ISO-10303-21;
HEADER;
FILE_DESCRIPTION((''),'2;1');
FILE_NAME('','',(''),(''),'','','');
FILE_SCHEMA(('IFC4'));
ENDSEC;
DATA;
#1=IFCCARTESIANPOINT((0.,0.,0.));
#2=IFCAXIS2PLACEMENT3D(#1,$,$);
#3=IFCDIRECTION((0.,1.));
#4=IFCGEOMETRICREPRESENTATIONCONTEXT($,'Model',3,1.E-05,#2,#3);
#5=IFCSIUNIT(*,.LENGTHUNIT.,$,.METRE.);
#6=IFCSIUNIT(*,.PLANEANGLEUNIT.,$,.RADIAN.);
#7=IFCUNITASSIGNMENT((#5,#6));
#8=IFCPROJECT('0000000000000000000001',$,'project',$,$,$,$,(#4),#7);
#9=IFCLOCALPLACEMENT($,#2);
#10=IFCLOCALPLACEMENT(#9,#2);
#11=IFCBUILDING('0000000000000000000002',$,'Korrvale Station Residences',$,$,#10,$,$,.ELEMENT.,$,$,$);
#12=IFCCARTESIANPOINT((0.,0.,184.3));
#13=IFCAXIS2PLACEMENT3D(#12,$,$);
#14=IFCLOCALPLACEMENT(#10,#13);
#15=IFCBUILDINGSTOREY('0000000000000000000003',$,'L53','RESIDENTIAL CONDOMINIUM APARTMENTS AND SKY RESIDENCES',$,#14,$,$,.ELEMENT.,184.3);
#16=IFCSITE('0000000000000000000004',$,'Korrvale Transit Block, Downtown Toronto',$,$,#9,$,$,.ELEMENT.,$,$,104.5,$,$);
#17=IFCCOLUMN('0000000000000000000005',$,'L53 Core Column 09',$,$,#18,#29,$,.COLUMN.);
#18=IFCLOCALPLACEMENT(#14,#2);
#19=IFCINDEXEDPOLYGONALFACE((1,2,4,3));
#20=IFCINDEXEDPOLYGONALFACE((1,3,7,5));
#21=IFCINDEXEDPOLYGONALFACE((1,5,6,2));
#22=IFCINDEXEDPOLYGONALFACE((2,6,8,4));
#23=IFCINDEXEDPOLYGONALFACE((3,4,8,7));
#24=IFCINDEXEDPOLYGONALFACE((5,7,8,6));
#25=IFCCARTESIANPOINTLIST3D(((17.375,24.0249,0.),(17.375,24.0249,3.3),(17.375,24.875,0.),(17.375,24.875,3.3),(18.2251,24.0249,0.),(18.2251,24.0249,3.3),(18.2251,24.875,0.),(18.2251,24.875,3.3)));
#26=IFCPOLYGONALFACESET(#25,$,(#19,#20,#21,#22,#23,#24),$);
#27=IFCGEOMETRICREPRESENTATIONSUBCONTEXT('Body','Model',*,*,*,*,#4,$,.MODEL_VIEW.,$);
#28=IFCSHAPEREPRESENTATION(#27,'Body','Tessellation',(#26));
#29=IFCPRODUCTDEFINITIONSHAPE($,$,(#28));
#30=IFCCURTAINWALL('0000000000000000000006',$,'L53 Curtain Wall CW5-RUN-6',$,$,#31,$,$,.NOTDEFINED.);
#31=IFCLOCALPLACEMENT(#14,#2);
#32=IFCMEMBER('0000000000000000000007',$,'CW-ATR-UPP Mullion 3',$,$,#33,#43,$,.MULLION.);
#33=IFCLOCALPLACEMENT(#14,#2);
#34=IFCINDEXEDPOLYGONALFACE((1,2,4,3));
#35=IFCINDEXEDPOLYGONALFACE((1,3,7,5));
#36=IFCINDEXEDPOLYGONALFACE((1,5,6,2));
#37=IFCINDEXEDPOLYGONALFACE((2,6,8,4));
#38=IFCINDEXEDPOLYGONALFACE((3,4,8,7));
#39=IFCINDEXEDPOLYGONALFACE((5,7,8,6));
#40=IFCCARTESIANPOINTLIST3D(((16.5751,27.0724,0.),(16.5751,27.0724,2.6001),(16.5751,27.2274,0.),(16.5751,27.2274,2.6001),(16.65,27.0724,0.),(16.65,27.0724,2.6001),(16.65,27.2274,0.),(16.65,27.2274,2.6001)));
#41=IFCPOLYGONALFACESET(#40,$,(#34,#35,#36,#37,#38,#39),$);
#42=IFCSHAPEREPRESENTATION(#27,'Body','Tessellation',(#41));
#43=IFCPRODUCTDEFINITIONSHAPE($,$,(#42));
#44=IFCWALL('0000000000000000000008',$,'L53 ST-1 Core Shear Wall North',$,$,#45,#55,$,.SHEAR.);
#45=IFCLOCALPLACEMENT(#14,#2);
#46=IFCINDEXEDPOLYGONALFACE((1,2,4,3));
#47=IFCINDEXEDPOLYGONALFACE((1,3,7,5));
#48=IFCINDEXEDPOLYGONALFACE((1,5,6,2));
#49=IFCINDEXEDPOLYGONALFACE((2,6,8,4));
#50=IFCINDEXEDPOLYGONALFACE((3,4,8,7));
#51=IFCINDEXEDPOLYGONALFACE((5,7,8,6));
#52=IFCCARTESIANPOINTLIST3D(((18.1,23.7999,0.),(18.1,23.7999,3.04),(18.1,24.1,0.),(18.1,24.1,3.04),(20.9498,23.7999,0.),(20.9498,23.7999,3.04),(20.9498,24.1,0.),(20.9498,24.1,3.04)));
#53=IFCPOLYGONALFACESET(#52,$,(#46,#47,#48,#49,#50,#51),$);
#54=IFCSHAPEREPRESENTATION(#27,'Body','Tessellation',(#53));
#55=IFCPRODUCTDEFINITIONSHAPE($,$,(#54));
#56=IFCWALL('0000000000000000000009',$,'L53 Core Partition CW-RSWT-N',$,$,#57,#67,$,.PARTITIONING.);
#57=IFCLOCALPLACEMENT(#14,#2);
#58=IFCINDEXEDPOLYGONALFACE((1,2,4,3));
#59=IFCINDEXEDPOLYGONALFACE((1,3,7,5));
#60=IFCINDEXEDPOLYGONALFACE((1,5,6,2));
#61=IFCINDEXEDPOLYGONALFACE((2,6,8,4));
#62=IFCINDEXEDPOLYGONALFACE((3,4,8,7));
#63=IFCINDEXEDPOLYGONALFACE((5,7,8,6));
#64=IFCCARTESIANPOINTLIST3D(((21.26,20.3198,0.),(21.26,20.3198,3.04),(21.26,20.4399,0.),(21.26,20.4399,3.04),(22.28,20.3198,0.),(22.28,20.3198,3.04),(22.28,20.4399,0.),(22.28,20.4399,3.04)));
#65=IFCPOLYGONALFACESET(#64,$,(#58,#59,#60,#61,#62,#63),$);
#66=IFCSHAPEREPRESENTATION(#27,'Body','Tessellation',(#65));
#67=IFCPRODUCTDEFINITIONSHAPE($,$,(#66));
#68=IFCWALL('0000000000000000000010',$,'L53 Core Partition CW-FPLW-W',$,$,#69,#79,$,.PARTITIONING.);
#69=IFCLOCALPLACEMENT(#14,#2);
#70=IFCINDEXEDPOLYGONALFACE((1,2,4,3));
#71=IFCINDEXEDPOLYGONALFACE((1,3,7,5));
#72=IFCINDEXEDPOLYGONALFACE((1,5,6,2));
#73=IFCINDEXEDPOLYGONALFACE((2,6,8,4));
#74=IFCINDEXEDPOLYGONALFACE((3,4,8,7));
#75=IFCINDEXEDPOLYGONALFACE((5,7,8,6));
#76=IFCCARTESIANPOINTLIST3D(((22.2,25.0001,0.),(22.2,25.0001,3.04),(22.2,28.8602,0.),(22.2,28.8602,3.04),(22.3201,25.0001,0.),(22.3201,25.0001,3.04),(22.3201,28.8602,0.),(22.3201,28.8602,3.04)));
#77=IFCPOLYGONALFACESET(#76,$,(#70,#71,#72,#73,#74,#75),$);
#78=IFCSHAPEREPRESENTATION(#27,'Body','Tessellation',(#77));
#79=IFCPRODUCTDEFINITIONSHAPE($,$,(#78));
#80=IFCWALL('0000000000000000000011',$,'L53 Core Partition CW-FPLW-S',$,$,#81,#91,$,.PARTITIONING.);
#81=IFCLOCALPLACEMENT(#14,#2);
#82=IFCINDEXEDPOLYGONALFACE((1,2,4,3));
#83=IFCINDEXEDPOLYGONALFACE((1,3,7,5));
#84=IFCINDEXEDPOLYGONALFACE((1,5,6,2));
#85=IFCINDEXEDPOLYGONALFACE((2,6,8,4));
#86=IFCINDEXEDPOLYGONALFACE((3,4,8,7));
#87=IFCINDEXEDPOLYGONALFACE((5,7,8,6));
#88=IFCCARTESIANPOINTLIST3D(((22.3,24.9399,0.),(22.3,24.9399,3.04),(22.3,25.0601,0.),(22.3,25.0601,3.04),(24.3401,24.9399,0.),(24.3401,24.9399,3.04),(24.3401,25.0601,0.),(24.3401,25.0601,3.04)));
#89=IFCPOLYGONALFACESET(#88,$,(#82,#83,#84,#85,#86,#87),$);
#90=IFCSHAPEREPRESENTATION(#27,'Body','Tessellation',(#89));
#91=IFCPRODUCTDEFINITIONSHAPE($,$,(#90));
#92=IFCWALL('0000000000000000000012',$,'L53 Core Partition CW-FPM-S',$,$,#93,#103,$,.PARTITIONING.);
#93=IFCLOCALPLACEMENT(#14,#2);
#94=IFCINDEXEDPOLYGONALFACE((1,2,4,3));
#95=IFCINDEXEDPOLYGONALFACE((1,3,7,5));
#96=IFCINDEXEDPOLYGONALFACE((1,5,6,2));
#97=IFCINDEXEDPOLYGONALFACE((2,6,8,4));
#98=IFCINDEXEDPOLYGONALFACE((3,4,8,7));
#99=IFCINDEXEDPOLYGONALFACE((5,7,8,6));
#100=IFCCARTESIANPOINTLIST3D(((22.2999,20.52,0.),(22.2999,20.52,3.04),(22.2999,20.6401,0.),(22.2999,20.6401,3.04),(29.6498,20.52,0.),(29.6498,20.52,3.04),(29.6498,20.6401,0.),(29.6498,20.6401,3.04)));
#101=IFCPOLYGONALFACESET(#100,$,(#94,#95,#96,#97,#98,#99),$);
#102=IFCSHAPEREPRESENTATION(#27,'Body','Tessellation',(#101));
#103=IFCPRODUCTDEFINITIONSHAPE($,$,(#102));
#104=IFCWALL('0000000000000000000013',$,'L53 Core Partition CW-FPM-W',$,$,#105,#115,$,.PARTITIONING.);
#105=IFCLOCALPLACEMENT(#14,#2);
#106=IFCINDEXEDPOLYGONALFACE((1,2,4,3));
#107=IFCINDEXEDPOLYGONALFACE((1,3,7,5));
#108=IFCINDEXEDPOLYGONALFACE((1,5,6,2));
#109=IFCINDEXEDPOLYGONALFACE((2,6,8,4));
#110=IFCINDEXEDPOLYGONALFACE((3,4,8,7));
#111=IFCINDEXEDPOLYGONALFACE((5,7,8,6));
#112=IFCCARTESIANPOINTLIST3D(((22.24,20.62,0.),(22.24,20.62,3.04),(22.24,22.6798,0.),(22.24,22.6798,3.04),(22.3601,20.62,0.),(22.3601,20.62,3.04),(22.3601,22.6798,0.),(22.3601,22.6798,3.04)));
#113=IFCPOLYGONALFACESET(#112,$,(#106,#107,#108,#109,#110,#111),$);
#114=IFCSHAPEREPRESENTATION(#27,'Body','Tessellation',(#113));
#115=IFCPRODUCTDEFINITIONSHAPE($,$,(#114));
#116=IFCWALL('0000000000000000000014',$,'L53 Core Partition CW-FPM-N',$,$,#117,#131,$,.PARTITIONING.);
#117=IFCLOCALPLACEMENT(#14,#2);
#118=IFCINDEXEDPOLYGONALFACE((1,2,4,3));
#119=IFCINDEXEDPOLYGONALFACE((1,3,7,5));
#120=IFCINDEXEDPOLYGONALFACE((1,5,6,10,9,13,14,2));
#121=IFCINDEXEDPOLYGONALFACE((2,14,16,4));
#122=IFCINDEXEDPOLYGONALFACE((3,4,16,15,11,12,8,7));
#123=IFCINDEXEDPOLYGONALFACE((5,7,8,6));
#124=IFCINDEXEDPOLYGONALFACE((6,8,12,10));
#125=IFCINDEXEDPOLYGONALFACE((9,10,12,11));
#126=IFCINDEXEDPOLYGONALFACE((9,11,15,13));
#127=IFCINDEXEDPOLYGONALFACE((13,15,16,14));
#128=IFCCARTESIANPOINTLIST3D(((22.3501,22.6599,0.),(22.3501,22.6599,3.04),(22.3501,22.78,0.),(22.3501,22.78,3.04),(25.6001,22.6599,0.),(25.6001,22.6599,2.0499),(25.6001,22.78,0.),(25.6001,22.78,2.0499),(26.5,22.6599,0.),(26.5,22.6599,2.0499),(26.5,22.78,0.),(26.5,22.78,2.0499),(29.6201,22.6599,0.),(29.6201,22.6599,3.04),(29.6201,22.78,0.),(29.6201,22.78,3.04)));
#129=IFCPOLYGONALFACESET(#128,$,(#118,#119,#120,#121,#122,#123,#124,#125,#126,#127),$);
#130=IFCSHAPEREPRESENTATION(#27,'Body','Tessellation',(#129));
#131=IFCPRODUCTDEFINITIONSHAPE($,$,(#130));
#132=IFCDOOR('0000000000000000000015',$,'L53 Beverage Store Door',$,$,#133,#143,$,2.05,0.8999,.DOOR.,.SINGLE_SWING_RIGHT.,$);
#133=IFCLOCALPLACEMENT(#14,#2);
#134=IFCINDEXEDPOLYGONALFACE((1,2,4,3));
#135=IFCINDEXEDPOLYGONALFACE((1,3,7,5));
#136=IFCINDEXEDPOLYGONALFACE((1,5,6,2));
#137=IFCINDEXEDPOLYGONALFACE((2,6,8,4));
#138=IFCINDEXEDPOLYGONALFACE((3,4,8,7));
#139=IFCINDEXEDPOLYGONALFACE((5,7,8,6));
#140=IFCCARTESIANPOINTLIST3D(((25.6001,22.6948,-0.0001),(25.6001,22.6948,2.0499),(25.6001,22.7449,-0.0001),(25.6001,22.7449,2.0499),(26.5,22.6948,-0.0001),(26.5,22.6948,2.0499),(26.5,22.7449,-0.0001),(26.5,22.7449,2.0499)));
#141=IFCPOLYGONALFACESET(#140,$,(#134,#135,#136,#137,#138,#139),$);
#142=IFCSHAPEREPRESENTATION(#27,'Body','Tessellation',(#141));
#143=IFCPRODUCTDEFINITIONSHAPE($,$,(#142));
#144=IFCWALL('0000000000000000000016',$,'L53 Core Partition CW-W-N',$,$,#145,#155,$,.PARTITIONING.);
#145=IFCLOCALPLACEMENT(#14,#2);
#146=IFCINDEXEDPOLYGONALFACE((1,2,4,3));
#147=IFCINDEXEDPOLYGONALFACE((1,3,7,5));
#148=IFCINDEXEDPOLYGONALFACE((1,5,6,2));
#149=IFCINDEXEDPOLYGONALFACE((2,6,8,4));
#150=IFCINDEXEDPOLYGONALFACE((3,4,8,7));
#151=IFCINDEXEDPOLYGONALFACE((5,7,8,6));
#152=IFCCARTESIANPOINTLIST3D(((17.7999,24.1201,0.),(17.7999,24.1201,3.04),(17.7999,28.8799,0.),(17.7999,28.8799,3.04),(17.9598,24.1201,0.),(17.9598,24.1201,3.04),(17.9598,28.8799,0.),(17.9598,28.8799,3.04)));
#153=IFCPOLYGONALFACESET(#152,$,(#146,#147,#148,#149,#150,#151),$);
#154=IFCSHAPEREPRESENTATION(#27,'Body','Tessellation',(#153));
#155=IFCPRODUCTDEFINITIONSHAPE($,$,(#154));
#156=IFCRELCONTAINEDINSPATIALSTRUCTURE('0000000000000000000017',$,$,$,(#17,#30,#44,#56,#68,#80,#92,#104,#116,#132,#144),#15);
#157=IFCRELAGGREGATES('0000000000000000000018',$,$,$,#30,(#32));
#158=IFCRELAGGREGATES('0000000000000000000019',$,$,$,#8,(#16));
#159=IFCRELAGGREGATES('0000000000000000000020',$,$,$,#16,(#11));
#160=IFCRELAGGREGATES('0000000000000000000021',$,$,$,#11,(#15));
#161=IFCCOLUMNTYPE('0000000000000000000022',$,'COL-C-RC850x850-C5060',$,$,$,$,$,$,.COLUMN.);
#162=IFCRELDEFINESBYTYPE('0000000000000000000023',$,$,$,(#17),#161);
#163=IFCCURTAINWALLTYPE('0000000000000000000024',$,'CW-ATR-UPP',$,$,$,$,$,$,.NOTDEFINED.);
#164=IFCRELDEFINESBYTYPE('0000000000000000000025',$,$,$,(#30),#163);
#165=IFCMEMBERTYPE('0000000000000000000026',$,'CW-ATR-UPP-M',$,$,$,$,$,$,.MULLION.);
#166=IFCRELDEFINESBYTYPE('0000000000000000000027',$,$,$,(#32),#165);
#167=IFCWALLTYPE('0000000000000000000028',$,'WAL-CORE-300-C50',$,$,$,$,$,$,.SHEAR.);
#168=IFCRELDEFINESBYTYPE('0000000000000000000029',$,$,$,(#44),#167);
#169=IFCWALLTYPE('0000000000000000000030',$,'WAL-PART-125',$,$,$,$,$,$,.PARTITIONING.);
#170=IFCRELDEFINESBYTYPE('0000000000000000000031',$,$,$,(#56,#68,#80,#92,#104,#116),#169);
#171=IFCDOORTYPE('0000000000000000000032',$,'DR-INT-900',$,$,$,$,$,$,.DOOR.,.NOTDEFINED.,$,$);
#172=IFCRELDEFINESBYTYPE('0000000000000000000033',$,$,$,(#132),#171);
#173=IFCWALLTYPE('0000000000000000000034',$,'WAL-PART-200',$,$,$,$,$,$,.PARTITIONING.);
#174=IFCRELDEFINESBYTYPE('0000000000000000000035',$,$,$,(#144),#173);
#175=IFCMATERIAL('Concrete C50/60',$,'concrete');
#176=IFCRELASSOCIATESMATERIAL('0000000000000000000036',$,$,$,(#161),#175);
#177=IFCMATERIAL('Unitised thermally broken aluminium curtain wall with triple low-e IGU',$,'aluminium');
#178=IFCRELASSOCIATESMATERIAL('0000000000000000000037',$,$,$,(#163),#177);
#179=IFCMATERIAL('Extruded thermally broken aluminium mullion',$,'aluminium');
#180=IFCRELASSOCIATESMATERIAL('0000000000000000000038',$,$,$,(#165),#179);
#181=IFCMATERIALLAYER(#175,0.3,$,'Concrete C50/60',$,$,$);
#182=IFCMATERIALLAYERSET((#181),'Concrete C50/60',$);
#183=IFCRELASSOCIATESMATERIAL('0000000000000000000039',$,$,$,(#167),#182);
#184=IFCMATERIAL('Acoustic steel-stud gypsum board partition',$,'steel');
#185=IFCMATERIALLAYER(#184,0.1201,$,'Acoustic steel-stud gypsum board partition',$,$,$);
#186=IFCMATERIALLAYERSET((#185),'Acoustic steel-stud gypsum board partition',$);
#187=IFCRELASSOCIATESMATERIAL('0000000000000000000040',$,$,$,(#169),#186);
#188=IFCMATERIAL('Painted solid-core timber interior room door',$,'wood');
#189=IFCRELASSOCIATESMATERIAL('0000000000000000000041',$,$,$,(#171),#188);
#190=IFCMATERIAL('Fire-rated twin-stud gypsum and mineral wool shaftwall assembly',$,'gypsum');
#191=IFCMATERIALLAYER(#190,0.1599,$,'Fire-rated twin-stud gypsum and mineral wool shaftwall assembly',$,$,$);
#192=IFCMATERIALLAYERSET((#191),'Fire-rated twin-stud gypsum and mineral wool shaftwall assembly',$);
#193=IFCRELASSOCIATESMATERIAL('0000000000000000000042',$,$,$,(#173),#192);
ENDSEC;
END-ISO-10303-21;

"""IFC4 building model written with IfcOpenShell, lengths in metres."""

from ifc_helpers import new_model, si_unit, direction, frame, frame_2d, origin, origin_2d, place, context, subcontext, project, spatial, rectangle, extrude, material, layer, layer_set, material_profile, profile_set, type_object, element, fill, aggregate, save


model = new_model("IFC4")

# Units and contexts
model_context = context("Model", 3, precision=1e-05, world=origin(), true_north=direction((0.0, 1.0)))
body_context = subcontext(model_context, "Body", "Model", "MODEL_VIEW")
ifc_project = project(units=[si_unit("LENGTHUNIT", "METRE"), si_unit("PLANEANGLEUNIT", "RADIAN")], contexts=[model_context])

# Site, building, storey
site_placement = place(None, origin())
site = spatial("IfcSite", under=ifc_project, at=site_placement, Name="Korrvale Transit Block, Downtown Toronto", CompositionType="ELEMENT", RefElevation=104.5)
building_placement = place(site_placement, origin())
building = spatial("IfcBuilding", under=site, at=building_placement, Name="Korrvale Station Residences", CompositionType="ELEMENT")
storey_placement = place(building_placement, frame((0.0, 0.0, 184.3)))
storey = spatial("IfcBuildingStorey", under=building, at=storey_placement, Name="L53", Description="RESIDENTIAL CONDOMINIUM APARTMENTS AND SKY RESIDENCES", CompositionType="ELEMENT", Elevation=184.3)

# Column
ifc_material_1 = material(Name="Concrete C50/60", Category="concrete")
ifc_material_profile = material_profile(ifc_material_1, rectangle(XDim=0.8501, YDim=0.8501, at=origin_2d()), Name="RC850x850")
ifc_profile_set = profile_set([ifc_material_profile], Name="Concrete C50/60")
column_type = type_object("IfcColumnType", Name="COL-C-RC850x850-C5060", PredefinedType="COLUMN", material=ifc_profile_set)
column_placement = place(storey_placement, frame((17.8, 24.45, 0.0), z_axis=(0.0, 0.0, 1.0), x_axis=(1.0, 0.0, 0.0)))
element("IfcColumn", 1, at=column_placement, inside=storey, type_object=column_type, Name="L53 Core Column 09", PredefinedType="COLUMN", context=body_context, shape_type="SweptSolid", body=[
    extrude(rectangle(XDim=0.8501, YDim=0.8501, at=origin_2d()), origin(), (0.0, 0.0, 1.0), 3.3),
])

# Curtain wall, member
ifc_material_2 = material(Name="Unitised thermally broken aluminium curtain wall with triple low-e IGU", Category="aluminium")
curtain_wall_type = type_object("IfcCurtainWallType", Name="CW-ATR-UPP", PredefinedType="NOTDEFINED", material=ifc_material_2)
curtain_wall_placement = place(storey_placement, origin())
curtain_wall = element("IfcCurtainWall", 2, at=curtain_wall_placement, inside=storey, type_object=curtain_wall_type, Name="L53 Curtain Wall CW5-RUN-6", PredefinedType="NOTDEFINED")
ifc_material_3 = material(Name="Extruded thermally broken aluminium mullion", Category="aluminium")
member_type = type_object("IfcMemberType", Name="CW-ATR-UPP-M", PredefinedType="MULLION", material=ifc_material_3)
member_placement = place(storey_placement, frame((16.6125, 27.1499, 0.0), z_axis=(0.0, 0.0, 1.0), x_axis=(1.0, 0.0, 0.0)))
member = element("IfcMember", 3, at=member_placement, type_object=member_type, Name="CW-ATR-UPP Mullion 3", PredefinedType="MULLION", context=body_context, shape_type="SweptSolid", body=[
    extrude(rectangle(XDim=0.075, YDim=0.155, at=origin_2d()), origin(), (0.0, 0.0, 1.0), 2.6001),
])
aggregate(curtain_wall, [member])

# Walls
ifc_layer_1 = layer(ifc_material_1, 0.3, Name="Concrete C50/60")
ifc_layer_set_1 = layer_set([ifc_layer_1], Name="Concrete C50/60")
wall_type_1 = type_object("IfcWallType", Name="WAL-CORE-300-C50", PredefinedType="SHEAR", material=ifc_layer_set_1)
wall_1_placement = place(storey_placement, frame((18.1001, 23.95, 0.0), z_axis=(0.0, 0.0, 1.0), x_axis=(1.0, 0.0, 0.0)))
element("IfcWall", 4, at=wall_1_placement, inside=storey, type_object=wall_type_1, Name="L53 ST-1 Core Shear Wall North", PredefinedType="SHEAR", context=body_context, shape_type="SweptSolid", body=[
    extrude(rectangle(XDim=2.8499, YDim=0.3, at=frame_2d((1.4248, 0.0))), origin(), (0.0, 0.0, 1.0), 3.04),
])
ifc_material_4 = material(Name="Acoustic steel-stud gypsum board partition", Category="steel")
ifc_layer_2 = layer(ifc_material_4, 0.1201, Name="Acoustic steel-stud gypsum board partition")
ifc_layer_set_2 = layer_set([ifc_layer_2], Name="Acoustic steel-stud gypsum board partition")
wall_type_2 = type_object("IfcWallType", Name="WAL-PART-125", PredefinedType="PARTITIONING", material=ifc_layer_set_2)
wall_2_placement = place(storey_placement, frame((22.28, 20.3799, 0.0), z_axis=(0.0, 0.0, 1.0), x_axis=(-1.0, 0.0, 0.0)))
element("IfcWall", 5, at=wall_2_placement, inside=storey, type_object=wall_type_2, Name="L53 Core Partition CW-RSWT-N", PredefinedType="PARTITIONING", context=body_context, shape_type="SweptSolid", body=[
    extrude(rectangle(XDim=1.02, YDim=0.1201, at=frame_2d((0.51, 0.0))), origin(), (0.0, 0.0, 1.0), 3.04),
])
wall_3_placement = place(storey_placement, frame((22.26, 25.0, 0.0), z_axis=(0.0, 0.0, 1.0), x_axis=(0.0, 1.0, 0.0)))
element("IfcWall", 6, at=wall_3_placement, inside=storey, type_object=wall_type_2, Name="L53 Core Partition CW-FPLW-W", PredefinedType="PARTITIONING", context=body_context, shape_type="SweptSolid", body=[
    extrude(rectangle(XDim=3.8601, YDim=0.1201, at=frame_2d((1.9302, 0.0))), origin(), (0.0, 0.0, 1.0), 3.04),
])
wall_4_placement = place(storey_placement, frame((22.3, 25.0, 0.0), z_axis=(0.0, 0.0, 1.0), x_axis=(1.0, 0.0, 0.0)))
element("IfcWall", 7, at=wall_4_placement, inside=storey, type_object=wall_type_2, Name="L53 Core Partition CW-FPLW-S", PredefinedType="PARTITIONING", context=body_context, shape_type="SweptSolid", body=[
    extrude(rectangle(XDim=2.04, YDim=0.1201, at=frame_2d((1.02, 0.0))), origin(), (0.0, 0.0, 1.0), 3.04),
])
wall_5_placement = place(storey_placement, frame((22.3, 20.5801, 0.0), z_axis=(0.0, 0.0, 1.0), x_axis=(1.0, 0.0, 0.0)))
element("IfcWall", 8, at=wall_5_placement, inside=storey, type_object=wall_type_2, Name="L53 Core Partition CW-FPM-S", PredefinedType="PARTITIONING", context=body_context, shape_type="SweptSolid", body=[
    extrude(rectangle(XDim=7.3499, YDim=0.1201, at=frame_2d((3.6748, 0.0))), origin(), (0.0, 0.0, 1.0), 3.04),
])
wall_6_placement = place(storey_placement, frame((22.3, 20.6201, 0.0), z_axis=(0.0, 0.0, 1.0), x_axis=(0.0, 1.0, 0.0)))
element("IfcWall", 9, at=wall_6_placement, inside=storey, type_object=wall_type_2, Name="L53 Core Partition CW-FPM-W", PredefinedType="PARTITIONING", context=body_context, shape_type="SweptSolid", body=[
    extrude(rectangle(XDim=2.0598, YDim=0.1201, at=frame_2d((1.0298, 0.0))), origin(), (0.0, 0.0, 1.0), 3.04),
])

# Wall, opening, door
wall_7_placement = place(storey_placement, frame((22.3501, 22.72, 0.0), z_axis=(0.0, 0.0, 1.0), x_axis=(1.0, 0.0, 0.0)))
wall_7 = element("IfcWall", 10, at=wall_7_placement, inside=storey, type_object=wall_type_2, Name="L53 Core Partition CW-FPM-N", PredefinedType="PARTITIONING", context=body_context, shape_type="SweptSolid", body=[
    extrude(rectangle(XDim=7.27, YDim=0.1201, at=frame_2d((3.635, 0.0))), origin(), (0.0, 0.0, 1.0), 3.04),
])
opening_1_placement = place(wall_7_placement, frame((3.25, 0.0, 0.0)))
opening_1 = element("IfcOpeningElement", 11, at=opening_1_placement, cuts=wall_7, PredefinedType="OPENING", context=body_context, shape_type="SweptSolid", body=[
    extrude(rectangle(XDim=0.8999, YDim=2.05, at=frame_2d((0.45, 1.0249))), frame((0.0, 0.0701, 0.0), z_axis=(0.0, -1.0, 0.0), x_axis=(1.0, 0.0, 0.0)), (0.0, 0.0, 1.0), 0.1401),
])
ifc_material_5 = material(Name="Painted solid-core timber interior room door", Category="wood")
door_type_1 = type_object("IfcDoorType", Name="DR-INT-900", OperationType="NOTDEFINED", PredefinedType="DOOR", material=ifc_material_5)
door_1_placement = place(opening_1_placement, origin())
door_1 = element("IfcDoor", 12, at=door_1_placement, inside=storey, type_object=door_type_1, Name="L53 Beverage Store Door", OperationType="SINGLE_SWING_RIGHT", OverallHeight=2.05, OverallWidth=0.8999, PredefinedType="DOOR", context=body_context, shape_type="SweptSolid", body=[
    extrude(rectangle(XDim=0.8999, YDim=2.05, at=frame_2d((0.45, 1.0249))), frame((0.0, 0.0249, 0.0), z_axis=(0.0, -1.0, 0.0), x_axis=(1.0, 0.0, 0.0)), (0.0, 0.0, 1.0), 0.05),
])
fill(opening_1, door_1)

# Wall
ifc_material_6 = material(Name="Fire-rated twin-stud gypsum and mineral wool shaftwall assembly", Category="gypsum")
ifc_layer_3 = layer(ifc_material_6, 0.1599, Name="Fire-rated twin-stud gypsum and mineral wool shaftwall assembly")
ifc_layer_set_3 = layer_set([ifc_layer_3], Name="Fire-rated twin-stud gypsum and mineral wool shaftwall assembly")
wall_type_3 = type_object("IfcWallType", Name="WAL-PART-200", PredefinedType="PARTITIONING", material=ifc_layer_set_3)
wall_8_placement = place(storey_placement, frame((17.8799, 24.1201, 0.0), z_axis=(0.0, 0.0, 1.0), x_axis=(0.0, 1.0, 0.0)))
element("IfcWall", 13, at=wall_8_placement, inside=storey, type_object=wall_type_3, Name="L53 Core Partition CW-W-N", PredefinedType="PARTITIONING", context=body_context, shape_type="SweptSolid", body=[
    extrude(rectangle(XDim=4.7598, YDim=0.1599, at=frame_2d((2.3799, 0.0))), origin(), (0.0, 0.0, 1.0), 3.04),
])

save(model, "model.ifc")
